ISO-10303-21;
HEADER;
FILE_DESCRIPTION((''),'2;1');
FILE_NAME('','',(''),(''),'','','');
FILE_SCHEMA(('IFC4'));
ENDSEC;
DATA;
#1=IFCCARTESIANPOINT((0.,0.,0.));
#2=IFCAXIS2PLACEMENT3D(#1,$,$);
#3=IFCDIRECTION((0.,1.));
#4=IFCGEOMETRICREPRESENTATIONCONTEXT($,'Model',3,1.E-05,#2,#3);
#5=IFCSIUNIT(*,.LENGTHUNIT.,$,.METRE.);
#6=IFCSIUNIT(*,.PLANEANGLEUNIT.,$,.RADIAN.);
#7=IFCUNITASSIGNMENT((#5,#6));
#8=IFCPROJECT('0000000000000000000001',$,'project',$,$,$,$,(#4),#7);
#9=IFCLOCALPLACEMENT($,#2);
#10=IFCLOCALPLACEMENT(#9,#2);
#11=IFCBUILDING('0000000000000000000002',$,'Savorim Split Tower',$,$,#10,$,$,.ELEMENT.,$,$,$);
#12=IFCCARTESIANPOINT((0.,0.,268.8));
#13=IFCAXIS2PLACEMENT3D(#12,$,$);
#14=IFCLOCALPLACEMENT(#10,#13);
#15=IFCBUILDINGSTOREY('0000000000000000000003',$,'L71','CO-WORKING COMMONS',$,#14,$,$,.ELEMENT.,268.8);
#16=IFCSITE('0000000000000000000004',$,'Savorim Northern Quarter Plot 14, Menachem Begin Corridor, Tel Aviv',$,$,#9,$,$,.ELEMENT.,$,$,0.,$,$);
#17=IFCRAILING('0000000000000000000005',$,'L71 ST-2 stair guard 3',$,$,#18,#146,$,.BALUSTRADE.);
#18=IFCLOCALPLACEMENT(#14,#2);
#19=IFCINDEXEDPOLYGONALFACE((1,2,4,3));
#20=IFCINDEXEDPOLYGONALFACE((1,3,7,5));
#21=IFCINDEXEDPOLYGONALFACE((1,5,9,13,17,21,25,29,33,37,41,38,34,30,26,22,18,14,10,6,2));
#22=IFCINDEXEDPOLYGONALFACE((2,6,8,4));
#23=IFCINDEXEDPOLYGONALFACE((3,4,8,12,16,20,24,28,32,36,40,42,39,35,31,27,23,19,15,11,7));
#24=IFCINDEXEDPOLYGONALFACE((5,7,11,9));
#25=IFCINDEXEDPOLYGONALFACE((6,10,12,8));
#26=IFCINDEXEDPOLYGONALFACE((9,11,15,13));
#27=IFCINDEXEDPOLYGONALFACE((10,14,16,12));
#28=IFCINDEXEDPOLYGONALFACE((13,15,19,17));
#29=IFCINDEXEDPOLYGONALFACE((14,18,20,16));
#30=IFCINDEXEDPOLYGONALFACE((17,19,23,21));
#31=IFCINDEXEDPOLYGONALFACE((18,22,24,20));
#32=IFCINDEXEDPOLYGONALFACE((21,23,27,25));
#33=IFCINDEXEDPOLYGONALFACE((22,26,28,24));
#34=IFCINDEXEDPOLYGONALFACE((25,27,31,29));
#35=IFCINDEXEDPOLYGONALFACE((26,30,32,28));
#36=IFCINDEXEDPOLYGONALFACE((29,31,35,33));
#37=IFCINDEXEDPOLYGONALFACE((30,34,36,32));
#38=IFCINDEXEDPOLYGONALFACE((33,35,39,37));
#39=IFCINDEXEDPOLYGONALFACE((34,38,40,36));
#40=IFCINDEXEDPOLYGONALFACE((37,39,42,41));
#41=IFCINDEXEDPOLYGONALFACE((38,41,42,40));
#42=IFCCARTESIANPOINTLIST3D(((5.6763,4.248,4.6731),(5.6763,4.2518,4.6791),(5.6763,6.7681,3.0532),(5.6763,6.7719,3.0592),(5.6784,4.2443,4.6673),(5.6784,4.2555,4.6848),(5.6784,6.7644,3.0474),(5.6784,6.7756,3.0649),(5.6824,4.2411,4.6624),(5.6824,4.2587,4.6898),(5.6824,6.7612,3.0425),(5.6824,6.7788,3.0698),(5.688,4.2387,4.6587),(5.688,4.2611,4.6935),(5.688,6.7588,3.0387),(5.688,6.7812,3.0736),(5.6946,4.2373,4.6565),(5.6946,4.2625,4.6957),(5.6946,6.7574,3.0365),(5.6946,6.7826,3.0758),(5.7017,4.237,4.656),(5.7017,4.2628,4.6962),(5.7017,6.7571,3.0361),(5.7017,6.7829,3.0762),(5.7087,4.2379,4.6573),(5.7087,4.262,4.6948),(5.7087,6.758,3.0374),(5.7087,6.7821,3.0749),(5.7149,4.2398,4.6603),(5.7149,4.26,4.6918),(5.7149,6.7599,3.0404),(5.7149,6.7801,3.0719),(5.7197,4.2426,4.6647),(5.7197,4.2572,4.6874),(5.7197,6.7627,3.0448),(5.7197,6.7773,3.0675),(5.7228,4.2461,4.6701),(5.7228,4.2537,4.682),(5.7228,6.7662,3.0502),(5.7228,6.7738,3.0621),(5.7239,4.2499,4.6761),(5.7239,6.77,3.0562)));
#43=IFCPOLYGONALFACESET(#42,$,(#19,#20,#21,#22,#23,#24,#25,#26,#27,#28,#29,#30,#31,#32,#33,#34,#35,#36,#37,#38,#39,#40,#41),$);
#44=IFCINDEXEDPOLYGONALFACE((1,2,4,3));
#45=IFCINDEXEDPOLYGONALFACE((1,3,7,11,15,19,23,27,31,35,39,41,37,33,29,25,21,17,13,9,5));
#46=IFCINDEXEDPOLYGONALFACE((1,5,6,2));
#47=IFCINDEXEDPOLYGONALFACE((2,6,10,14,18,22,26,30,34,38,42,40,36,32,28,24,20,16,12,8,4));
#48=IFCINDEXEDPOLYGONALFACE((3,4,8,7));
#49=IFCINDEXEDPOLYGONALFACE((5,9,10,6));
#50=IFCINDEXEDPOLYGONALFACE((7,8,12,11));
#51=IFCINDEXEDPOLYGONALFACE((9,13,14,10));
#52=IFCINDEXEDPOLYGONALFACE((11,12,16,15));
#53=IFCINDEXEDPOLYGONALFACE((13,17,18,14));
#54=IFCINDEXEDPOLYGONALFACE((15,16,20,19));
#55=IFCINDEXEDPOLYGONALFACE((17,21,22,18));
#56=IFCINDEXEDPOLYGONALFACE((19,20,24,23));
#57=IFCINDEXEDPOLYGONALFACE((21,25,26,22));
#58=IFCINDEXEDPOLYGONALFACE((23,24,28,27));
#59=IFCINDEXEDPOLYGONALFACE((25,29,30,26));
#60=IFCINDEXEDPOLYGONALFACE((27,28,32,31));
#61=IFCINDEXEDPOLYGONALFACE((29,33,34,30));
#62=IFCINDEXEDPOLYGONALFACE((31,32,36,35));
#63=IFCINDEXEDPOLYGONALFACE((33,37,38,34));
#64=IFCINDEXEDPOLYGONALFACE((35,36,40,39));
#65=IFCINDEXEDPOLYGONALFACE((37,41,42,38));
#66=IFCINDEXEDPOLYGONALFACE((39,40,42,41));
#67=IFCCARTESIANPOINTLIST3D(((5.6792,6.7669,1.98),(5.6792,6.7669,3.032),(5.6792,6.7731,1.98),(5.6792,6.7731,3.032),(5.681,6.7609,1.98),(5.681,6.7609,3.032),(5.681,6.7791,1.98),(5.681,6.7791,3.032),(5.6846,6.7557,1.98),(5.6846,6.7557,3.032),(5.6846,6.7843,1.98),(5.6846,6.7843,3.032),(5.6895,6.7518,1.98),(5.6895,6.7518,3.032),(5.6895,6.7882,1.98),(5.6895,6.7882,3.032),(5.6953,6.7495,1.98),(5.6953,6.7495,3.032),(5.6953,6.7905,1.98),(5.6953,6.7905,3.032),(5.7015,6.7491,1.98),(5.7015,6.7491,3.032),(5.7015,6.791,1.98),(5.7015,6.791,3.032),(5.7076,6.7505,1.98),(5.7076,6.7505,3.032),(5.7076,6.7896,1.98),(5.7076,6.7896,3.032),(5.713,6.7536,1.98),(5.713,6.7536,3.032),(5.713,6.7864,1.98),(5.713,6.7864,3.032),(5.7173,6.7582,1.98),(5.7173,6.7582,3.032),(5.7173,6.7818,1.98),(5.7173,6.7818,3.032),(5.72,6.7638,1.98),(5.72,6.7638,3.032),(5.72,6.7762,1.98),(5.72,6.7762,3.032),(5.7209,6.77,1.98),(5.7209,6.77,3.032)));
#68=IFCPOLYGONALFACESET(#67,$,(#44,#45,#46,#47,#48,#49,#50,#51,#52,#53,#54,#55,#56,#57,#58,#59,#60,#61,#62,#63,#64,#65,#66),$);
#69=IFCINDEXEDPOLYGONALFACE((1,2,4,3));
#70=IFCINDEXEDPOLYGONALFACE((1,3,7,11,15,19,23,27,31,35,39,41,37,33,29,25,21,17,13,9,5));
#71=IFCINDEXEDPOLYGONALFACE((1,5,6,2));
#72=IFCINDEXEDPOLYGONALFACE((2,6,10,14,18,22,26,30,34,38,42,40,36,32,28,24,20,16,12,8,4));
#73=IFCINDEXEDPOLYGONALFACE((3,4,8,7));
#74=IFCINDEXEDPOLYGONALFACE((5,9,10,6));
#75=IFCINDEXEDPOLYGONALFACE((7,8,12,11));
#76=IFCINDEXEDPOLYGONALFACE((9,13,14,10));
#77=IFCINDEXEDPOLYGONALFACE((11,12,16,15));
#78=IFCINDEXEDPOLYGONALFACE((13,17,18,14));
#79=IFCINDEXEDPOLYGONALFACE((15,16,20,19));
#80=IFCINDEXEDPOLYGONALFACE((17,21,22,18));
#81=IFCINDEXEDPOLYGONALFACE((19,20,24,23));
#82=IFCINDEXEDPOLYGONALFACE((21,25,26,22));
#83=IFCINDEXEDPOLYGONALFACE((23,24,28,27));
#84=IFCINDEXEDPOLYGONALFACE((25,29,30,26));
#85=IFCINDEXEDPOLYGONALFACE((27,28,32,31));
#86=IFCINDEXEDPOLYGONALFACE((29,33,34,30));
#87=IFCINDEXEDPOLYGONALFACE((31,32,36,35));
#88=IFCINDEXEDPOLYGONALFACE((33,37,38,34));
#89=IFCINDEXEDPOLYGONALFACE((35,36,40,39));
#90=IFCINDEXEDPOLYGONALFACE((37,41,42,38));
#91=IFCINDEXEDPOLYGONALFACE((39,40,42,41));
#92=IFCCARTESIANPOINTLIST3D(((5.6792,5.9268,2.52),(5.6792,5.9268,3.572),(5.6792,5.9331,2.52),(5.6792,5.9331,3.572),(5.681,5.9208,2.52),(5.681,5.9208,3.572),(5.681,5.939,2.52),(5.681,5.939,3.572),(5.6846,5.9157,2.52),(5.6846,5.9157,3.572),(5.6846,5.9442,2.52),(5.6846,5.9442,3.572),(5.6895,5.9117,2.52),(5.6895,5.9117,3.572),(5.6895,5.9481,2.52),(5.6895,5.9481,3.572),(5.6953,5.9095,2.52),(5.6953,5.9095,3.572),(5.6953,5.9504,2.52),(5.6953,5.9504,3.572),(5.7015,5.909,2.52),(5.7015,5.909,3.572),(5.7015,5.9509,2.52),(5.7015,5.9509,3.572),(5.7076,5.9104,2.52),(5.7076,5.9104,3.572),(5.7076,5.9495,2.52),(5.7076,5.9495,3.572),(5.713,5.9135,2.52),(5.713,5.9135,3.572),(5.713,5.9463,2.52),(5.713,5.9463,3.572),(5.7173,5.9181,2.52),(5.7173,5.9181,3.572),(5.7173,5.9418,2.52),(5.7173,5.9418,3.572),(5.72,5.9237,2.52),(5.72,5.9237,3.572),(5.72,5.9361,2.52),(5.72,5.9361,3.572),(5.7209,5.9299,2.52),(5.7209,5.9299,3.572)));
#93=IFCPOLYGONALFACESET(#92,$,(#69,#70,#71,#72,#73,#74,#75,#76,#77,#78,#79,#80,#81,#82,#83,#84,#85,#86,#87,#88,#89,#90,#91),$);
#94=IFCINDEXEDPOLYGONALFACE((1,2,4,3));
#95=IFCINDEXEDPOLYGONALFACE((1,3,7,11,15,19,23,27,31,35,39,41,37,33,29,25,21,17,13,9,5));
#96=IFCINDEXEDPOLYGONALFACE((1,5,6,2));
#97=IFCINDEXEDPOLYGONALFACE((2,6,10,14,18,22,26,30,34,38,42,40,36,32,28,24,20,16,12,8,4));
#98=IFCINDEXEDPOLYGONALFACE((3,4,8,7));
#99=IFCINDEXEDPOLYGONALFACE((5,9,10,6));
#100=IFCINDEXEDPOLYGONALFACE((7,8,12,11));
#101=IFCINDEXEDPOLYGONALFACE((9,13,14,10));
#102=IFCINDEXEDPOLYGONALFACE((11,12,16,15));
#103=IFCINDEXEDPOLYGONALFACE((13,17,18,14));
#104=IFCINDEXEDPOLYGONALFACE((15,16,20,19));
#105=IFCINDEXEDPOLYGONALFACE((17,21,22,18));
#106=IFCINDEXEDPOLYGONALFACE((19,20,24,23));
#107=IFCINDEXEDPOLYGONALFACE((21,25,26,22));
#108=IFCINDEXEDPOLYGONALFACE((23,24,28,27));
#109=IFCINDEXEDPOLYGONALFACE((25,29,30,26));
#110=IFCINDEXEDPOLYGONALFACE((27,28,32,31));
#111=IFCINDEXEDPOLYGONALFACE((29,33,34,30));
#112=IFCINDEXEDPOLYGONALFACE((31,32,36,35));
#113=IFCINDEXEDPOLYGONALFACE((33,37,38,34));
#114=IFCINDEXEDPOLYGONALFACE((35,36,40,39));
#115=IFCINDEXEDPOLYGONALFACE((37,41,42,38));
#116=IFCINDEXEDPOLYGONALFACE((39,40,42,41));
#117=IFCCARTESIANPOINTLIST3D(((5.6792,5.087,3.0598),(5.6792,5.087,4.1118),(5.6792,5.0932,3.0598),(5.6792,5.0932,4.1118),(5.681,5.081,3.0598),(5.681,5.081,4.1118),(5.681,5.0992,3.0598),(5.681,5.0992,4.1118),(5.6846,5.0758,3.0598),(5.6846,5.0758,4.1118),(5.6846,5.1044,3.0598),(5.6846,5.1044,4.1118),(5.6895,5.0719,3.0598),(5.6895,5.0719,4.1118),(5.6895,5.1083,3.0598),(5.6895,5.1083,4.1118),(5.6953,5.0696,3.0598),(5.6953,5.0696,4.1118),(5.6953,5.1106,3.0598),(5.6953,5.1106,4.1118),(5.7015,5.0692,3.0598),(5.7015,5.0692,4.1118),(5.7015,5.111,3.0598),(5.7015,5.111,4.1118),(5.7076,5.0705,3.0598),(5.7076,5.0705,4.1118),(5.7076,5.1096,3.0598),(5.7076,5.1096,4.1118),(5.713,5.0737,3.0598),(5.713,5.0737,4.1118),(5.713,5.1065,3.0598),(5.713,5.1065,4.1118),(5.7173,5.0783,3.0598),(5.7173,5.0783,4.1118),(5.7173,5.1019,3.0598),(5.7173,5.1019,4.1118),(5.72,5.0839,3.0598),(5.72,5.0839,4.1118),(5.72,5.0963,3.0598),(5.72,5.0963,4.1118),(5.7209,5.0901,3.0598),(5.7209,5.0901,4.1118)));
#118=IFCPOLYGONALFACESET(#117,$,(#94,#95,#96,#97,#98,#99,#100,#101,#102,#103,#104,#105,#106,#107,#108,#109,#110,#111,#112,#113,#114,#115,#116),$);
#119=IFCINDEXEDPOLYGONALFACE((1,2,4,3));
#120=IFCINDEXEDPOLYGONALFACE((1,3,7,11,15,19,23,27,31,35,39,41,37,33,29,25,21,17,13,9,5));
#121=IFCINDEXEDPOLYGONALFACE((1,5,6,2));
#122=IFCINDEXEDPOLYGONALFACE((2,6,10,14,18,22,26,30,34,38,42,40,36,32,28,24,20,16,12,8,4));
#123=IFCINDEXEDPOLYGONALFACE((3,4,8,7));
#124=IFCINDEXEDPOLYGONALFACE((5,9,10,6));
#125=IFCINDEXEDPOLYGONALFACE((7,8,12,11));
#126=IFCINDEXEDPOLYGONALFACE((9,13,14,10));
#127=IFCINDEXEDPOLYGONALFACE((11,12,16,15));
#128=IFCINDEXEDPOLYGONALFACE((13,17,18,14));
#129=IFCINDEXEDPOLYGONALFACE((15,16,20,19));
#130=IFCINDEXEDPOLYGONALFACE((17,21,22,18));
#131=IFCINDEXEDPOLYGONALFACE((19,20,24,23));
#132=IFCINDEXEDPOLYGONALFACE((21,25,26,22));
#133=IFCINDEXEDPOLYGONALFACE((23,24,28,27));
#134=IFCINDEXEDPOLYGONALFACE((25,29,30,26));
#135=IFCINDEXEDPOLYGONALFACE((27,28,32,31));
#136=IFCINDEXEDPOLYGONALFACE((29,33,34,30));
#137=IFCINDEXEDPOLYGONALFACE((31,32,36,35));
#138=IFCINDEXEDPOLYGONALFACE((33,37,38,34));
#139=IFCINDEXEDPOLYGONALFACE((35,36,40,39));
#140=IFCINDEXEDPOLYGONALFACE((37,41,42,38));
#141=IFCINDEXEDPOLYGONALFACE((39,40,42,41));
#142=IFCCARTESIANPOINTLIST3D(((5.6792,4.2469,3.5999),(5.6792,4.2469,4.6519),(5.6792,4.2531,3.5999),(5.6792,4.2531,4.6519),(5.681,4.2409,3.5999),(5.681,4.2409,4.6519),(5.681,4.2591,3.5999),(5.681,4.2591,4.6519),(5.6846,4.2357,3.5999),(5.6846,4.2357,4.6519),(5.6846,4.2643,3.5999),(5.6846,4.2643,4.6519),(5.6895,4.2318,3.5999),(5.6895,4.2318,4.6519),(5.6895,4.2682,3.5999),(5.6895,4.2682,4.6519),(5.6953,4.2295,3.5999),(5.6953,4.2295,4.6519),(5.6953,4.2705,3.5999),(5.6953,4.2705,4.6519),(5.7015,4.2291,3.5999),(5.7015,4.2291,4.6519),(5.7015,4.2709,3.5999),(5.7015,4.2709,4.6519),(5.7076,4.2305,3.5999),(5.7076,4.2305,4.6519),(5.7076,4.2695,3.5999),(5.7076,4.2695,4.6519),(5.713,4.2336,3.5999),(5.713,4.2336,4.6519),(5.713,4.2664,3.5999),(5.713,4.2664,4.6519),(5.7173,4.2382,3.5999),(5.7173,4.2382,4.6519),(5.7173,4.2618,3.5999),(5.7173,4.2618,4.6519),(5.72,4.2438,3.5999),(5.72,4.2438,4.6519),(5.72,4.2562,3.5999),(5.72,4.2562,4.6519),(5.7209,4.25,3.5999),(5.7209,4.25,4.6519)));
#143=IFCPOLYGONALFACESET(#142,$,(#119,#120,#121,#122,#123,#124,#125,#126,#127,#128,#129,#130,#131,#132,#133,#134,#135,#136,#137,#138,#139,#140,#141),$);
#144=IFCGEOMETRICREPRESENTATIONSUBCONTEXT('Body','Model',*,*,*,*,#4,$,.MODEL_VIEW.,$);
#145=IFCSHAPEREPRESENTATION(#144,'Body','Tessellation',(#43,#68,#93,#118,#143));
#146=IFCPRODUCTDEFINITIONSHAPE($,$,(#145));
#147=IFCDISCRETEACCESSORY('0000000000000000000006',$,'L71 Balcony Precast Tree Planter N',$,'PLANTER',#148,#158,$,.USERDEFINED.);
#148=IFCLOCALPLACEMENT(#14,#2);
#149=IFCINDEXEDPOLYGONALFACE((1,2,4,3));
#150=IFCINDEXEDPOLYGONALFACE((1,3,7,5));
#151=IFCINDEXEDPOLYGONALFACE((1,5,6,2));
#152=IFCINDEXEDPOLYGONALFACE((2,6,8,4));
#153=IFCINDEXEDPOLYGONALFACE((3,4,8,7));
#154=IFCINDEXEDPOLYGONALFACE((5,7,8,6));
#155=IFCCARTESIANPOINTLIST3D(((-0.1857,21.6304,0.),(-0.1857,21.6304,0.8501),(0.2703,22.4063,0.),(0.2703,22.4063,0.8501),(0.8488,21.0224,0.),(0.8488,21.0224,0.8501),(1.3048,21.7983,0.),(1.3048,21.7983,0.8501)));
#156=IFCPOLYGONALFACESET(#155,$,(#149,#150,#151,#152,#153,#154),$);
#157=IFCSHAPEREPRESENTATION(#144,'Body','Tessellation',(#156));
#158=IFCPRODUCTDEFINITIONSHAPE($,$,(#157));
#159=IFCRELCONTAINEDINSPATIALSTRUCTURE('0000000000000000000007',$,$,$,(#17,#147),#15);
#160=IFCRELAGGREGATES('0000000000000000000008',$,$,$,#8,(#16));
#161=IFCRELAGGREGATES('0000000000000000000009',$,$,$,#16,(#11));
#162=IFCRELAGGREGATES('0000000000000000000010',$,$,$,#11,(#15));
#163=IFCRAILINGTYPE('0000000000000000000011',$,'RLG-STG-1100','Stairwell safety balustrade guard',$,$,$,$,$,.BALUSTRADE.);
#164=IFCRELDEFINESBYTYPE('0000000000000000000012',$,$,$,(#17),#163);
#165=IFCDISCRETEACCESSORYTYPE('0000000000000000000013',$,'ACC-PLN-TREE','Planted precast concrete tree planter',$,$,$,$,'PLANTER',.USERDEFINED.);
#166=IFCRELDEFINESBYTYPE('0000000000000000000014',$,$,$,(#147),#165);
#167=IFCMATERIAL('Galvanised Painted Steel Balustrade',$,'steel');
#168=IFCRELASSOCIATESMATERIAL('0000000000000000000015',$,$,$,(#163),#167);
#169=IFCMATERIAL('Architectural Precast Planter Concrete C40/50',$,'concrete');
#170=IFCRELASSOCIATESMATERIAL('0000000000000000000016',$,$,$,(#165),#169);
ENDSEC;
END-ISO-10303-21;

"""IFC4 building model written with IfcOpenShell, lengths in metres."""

from ifc_helpers import new_model, si_unit, direction, frame, origin, origin_2d, place, context, subcontext, project, spatial, rectangle, circle, extrude, material, type_object, element, save


model = new_model("IFC4")

# Units and contexts
model_context = context("Model", 3, precision=1e-05, world=origin(), true_north=direction((0.0, 1.0)))
body_context = subcontext(model_context, "Body", "Model", "MODEL_VIEW")
ifc_project = project(units=[si_unit("LENGTHUNIT", "METRE"), si_unit("PLANEANGLEUNIT", "RADIAN")], contexts=[model_context])

# Site, building, storey
site_placement = place(None, origin())
site = spatial("IfcSite", under=ifc_project, at=site_placement, Name="Savorim Northern Quarter Plot 14, Menachem Begin Corridor, Tel Aviv", CompositionType="ELEMENT", RefElevation=0.0)
building_placement = place(site_placement, origin())
building = spatial("IfcBuilding", under=site, at=building_placement, Name="Savorim Split Tower", CompositionType="ELEMENT")
storey_placement = place(building_placement, frame((0.0, 0.0, 268.8)))
storey = spatial("IfcBuildingStorey", under=building, at=storey_placement, Name="L71", Description="CO-WORKING COMMONS", CompositionType="ELEMENT", Elevation=268.8)

# Railing
ifc_material_1 = material(Name="Galvanised Painted Steel Balustrade", Category="steel")
railing_type_1 = type_object("IfcRailingType", Name="RLG-STG-1100", Description="Stairwell safety balustrade guard", PredefinedType="BALUSTRADE", material=ifc_material_1)
railing_1_placement = place(storey_placement, frame((5.7, 6.77, 1.98)))
element("IfcRailing", 1, at=railing_1_placement, inside=storey, type_object=railing_type_1, Name="L71 ST-2 stair guard 3", PredefinedType="BALUSTRADE", context=body_context, shape_type="SweptSolid", body=[
    extrude(circle(Radius=0.0239, at=origin_2d()), frame((0.0, 0.0, 1.0762), z_axis=(0.0, -0.8412, 0.540725), x_axis=(1.0, 0.0, 0.0)), (0.0, 0.0, 1.0), 2.9958),
    extrude(circle(Radius=0.021, at=origin_2d()), origin(), (0.0, 0.0, 1.0), 1.052),
    extrude(circle(Radius=0.021, at=origin_2d()), frame((0.0, -0.8401, 0.54)), (0.0, 0.0, 1.0), 1.052),
    extrude(circle(Radius=0.021, at=origin_2d()), frame((0.0, -1.6799, 1.0798)), (0.0, 0.0, 1.0), 1.052),
    extrude(circle(Radius=0.021, at=origin_2d()), frame((0.0, -2.52, 1.6199)), (0.0, 0.0, 1.0), 1.052),
])

# Discrete accessory
ifc_material_2 = material(Name="Architectural Precast Planter Concrete C40/50", Category="concrete")
discrete_accessory_type = type_object("IfcDiscreteAccessoryType", Name="ACC-PLN-TREE", Description="Planted precast concrete tree planter", ElementType="PLANTER", PredefinedType="USERDEFINED", material=ifc_material_2)
discrete_accessory_placement = place(storey_placement, frame((0.5596, 21.7144, 0.0), z_axis=(0.0, 0.0, 1.0), x_axis=(-0.862125, 0.506696, 0.0)))
element("IfcDiscreteAccessory", 2, at=discrete_accessory_placement, inside=storey, type_object=discrete_accessory_type, Name="L71 Balcony Precast Tree Planter N", ObjectType="PLANTER", PredefinedType="USERDEFINED", context=body_context, shape_type="SweptSolid", body=[
    extrude(rectangle(XDim=1.2, YDim=0.8999, at=origin_2d()), origin(), (0.0, 0.0, 1.0), 0.8501),
])

save(model, "model.ifc")
